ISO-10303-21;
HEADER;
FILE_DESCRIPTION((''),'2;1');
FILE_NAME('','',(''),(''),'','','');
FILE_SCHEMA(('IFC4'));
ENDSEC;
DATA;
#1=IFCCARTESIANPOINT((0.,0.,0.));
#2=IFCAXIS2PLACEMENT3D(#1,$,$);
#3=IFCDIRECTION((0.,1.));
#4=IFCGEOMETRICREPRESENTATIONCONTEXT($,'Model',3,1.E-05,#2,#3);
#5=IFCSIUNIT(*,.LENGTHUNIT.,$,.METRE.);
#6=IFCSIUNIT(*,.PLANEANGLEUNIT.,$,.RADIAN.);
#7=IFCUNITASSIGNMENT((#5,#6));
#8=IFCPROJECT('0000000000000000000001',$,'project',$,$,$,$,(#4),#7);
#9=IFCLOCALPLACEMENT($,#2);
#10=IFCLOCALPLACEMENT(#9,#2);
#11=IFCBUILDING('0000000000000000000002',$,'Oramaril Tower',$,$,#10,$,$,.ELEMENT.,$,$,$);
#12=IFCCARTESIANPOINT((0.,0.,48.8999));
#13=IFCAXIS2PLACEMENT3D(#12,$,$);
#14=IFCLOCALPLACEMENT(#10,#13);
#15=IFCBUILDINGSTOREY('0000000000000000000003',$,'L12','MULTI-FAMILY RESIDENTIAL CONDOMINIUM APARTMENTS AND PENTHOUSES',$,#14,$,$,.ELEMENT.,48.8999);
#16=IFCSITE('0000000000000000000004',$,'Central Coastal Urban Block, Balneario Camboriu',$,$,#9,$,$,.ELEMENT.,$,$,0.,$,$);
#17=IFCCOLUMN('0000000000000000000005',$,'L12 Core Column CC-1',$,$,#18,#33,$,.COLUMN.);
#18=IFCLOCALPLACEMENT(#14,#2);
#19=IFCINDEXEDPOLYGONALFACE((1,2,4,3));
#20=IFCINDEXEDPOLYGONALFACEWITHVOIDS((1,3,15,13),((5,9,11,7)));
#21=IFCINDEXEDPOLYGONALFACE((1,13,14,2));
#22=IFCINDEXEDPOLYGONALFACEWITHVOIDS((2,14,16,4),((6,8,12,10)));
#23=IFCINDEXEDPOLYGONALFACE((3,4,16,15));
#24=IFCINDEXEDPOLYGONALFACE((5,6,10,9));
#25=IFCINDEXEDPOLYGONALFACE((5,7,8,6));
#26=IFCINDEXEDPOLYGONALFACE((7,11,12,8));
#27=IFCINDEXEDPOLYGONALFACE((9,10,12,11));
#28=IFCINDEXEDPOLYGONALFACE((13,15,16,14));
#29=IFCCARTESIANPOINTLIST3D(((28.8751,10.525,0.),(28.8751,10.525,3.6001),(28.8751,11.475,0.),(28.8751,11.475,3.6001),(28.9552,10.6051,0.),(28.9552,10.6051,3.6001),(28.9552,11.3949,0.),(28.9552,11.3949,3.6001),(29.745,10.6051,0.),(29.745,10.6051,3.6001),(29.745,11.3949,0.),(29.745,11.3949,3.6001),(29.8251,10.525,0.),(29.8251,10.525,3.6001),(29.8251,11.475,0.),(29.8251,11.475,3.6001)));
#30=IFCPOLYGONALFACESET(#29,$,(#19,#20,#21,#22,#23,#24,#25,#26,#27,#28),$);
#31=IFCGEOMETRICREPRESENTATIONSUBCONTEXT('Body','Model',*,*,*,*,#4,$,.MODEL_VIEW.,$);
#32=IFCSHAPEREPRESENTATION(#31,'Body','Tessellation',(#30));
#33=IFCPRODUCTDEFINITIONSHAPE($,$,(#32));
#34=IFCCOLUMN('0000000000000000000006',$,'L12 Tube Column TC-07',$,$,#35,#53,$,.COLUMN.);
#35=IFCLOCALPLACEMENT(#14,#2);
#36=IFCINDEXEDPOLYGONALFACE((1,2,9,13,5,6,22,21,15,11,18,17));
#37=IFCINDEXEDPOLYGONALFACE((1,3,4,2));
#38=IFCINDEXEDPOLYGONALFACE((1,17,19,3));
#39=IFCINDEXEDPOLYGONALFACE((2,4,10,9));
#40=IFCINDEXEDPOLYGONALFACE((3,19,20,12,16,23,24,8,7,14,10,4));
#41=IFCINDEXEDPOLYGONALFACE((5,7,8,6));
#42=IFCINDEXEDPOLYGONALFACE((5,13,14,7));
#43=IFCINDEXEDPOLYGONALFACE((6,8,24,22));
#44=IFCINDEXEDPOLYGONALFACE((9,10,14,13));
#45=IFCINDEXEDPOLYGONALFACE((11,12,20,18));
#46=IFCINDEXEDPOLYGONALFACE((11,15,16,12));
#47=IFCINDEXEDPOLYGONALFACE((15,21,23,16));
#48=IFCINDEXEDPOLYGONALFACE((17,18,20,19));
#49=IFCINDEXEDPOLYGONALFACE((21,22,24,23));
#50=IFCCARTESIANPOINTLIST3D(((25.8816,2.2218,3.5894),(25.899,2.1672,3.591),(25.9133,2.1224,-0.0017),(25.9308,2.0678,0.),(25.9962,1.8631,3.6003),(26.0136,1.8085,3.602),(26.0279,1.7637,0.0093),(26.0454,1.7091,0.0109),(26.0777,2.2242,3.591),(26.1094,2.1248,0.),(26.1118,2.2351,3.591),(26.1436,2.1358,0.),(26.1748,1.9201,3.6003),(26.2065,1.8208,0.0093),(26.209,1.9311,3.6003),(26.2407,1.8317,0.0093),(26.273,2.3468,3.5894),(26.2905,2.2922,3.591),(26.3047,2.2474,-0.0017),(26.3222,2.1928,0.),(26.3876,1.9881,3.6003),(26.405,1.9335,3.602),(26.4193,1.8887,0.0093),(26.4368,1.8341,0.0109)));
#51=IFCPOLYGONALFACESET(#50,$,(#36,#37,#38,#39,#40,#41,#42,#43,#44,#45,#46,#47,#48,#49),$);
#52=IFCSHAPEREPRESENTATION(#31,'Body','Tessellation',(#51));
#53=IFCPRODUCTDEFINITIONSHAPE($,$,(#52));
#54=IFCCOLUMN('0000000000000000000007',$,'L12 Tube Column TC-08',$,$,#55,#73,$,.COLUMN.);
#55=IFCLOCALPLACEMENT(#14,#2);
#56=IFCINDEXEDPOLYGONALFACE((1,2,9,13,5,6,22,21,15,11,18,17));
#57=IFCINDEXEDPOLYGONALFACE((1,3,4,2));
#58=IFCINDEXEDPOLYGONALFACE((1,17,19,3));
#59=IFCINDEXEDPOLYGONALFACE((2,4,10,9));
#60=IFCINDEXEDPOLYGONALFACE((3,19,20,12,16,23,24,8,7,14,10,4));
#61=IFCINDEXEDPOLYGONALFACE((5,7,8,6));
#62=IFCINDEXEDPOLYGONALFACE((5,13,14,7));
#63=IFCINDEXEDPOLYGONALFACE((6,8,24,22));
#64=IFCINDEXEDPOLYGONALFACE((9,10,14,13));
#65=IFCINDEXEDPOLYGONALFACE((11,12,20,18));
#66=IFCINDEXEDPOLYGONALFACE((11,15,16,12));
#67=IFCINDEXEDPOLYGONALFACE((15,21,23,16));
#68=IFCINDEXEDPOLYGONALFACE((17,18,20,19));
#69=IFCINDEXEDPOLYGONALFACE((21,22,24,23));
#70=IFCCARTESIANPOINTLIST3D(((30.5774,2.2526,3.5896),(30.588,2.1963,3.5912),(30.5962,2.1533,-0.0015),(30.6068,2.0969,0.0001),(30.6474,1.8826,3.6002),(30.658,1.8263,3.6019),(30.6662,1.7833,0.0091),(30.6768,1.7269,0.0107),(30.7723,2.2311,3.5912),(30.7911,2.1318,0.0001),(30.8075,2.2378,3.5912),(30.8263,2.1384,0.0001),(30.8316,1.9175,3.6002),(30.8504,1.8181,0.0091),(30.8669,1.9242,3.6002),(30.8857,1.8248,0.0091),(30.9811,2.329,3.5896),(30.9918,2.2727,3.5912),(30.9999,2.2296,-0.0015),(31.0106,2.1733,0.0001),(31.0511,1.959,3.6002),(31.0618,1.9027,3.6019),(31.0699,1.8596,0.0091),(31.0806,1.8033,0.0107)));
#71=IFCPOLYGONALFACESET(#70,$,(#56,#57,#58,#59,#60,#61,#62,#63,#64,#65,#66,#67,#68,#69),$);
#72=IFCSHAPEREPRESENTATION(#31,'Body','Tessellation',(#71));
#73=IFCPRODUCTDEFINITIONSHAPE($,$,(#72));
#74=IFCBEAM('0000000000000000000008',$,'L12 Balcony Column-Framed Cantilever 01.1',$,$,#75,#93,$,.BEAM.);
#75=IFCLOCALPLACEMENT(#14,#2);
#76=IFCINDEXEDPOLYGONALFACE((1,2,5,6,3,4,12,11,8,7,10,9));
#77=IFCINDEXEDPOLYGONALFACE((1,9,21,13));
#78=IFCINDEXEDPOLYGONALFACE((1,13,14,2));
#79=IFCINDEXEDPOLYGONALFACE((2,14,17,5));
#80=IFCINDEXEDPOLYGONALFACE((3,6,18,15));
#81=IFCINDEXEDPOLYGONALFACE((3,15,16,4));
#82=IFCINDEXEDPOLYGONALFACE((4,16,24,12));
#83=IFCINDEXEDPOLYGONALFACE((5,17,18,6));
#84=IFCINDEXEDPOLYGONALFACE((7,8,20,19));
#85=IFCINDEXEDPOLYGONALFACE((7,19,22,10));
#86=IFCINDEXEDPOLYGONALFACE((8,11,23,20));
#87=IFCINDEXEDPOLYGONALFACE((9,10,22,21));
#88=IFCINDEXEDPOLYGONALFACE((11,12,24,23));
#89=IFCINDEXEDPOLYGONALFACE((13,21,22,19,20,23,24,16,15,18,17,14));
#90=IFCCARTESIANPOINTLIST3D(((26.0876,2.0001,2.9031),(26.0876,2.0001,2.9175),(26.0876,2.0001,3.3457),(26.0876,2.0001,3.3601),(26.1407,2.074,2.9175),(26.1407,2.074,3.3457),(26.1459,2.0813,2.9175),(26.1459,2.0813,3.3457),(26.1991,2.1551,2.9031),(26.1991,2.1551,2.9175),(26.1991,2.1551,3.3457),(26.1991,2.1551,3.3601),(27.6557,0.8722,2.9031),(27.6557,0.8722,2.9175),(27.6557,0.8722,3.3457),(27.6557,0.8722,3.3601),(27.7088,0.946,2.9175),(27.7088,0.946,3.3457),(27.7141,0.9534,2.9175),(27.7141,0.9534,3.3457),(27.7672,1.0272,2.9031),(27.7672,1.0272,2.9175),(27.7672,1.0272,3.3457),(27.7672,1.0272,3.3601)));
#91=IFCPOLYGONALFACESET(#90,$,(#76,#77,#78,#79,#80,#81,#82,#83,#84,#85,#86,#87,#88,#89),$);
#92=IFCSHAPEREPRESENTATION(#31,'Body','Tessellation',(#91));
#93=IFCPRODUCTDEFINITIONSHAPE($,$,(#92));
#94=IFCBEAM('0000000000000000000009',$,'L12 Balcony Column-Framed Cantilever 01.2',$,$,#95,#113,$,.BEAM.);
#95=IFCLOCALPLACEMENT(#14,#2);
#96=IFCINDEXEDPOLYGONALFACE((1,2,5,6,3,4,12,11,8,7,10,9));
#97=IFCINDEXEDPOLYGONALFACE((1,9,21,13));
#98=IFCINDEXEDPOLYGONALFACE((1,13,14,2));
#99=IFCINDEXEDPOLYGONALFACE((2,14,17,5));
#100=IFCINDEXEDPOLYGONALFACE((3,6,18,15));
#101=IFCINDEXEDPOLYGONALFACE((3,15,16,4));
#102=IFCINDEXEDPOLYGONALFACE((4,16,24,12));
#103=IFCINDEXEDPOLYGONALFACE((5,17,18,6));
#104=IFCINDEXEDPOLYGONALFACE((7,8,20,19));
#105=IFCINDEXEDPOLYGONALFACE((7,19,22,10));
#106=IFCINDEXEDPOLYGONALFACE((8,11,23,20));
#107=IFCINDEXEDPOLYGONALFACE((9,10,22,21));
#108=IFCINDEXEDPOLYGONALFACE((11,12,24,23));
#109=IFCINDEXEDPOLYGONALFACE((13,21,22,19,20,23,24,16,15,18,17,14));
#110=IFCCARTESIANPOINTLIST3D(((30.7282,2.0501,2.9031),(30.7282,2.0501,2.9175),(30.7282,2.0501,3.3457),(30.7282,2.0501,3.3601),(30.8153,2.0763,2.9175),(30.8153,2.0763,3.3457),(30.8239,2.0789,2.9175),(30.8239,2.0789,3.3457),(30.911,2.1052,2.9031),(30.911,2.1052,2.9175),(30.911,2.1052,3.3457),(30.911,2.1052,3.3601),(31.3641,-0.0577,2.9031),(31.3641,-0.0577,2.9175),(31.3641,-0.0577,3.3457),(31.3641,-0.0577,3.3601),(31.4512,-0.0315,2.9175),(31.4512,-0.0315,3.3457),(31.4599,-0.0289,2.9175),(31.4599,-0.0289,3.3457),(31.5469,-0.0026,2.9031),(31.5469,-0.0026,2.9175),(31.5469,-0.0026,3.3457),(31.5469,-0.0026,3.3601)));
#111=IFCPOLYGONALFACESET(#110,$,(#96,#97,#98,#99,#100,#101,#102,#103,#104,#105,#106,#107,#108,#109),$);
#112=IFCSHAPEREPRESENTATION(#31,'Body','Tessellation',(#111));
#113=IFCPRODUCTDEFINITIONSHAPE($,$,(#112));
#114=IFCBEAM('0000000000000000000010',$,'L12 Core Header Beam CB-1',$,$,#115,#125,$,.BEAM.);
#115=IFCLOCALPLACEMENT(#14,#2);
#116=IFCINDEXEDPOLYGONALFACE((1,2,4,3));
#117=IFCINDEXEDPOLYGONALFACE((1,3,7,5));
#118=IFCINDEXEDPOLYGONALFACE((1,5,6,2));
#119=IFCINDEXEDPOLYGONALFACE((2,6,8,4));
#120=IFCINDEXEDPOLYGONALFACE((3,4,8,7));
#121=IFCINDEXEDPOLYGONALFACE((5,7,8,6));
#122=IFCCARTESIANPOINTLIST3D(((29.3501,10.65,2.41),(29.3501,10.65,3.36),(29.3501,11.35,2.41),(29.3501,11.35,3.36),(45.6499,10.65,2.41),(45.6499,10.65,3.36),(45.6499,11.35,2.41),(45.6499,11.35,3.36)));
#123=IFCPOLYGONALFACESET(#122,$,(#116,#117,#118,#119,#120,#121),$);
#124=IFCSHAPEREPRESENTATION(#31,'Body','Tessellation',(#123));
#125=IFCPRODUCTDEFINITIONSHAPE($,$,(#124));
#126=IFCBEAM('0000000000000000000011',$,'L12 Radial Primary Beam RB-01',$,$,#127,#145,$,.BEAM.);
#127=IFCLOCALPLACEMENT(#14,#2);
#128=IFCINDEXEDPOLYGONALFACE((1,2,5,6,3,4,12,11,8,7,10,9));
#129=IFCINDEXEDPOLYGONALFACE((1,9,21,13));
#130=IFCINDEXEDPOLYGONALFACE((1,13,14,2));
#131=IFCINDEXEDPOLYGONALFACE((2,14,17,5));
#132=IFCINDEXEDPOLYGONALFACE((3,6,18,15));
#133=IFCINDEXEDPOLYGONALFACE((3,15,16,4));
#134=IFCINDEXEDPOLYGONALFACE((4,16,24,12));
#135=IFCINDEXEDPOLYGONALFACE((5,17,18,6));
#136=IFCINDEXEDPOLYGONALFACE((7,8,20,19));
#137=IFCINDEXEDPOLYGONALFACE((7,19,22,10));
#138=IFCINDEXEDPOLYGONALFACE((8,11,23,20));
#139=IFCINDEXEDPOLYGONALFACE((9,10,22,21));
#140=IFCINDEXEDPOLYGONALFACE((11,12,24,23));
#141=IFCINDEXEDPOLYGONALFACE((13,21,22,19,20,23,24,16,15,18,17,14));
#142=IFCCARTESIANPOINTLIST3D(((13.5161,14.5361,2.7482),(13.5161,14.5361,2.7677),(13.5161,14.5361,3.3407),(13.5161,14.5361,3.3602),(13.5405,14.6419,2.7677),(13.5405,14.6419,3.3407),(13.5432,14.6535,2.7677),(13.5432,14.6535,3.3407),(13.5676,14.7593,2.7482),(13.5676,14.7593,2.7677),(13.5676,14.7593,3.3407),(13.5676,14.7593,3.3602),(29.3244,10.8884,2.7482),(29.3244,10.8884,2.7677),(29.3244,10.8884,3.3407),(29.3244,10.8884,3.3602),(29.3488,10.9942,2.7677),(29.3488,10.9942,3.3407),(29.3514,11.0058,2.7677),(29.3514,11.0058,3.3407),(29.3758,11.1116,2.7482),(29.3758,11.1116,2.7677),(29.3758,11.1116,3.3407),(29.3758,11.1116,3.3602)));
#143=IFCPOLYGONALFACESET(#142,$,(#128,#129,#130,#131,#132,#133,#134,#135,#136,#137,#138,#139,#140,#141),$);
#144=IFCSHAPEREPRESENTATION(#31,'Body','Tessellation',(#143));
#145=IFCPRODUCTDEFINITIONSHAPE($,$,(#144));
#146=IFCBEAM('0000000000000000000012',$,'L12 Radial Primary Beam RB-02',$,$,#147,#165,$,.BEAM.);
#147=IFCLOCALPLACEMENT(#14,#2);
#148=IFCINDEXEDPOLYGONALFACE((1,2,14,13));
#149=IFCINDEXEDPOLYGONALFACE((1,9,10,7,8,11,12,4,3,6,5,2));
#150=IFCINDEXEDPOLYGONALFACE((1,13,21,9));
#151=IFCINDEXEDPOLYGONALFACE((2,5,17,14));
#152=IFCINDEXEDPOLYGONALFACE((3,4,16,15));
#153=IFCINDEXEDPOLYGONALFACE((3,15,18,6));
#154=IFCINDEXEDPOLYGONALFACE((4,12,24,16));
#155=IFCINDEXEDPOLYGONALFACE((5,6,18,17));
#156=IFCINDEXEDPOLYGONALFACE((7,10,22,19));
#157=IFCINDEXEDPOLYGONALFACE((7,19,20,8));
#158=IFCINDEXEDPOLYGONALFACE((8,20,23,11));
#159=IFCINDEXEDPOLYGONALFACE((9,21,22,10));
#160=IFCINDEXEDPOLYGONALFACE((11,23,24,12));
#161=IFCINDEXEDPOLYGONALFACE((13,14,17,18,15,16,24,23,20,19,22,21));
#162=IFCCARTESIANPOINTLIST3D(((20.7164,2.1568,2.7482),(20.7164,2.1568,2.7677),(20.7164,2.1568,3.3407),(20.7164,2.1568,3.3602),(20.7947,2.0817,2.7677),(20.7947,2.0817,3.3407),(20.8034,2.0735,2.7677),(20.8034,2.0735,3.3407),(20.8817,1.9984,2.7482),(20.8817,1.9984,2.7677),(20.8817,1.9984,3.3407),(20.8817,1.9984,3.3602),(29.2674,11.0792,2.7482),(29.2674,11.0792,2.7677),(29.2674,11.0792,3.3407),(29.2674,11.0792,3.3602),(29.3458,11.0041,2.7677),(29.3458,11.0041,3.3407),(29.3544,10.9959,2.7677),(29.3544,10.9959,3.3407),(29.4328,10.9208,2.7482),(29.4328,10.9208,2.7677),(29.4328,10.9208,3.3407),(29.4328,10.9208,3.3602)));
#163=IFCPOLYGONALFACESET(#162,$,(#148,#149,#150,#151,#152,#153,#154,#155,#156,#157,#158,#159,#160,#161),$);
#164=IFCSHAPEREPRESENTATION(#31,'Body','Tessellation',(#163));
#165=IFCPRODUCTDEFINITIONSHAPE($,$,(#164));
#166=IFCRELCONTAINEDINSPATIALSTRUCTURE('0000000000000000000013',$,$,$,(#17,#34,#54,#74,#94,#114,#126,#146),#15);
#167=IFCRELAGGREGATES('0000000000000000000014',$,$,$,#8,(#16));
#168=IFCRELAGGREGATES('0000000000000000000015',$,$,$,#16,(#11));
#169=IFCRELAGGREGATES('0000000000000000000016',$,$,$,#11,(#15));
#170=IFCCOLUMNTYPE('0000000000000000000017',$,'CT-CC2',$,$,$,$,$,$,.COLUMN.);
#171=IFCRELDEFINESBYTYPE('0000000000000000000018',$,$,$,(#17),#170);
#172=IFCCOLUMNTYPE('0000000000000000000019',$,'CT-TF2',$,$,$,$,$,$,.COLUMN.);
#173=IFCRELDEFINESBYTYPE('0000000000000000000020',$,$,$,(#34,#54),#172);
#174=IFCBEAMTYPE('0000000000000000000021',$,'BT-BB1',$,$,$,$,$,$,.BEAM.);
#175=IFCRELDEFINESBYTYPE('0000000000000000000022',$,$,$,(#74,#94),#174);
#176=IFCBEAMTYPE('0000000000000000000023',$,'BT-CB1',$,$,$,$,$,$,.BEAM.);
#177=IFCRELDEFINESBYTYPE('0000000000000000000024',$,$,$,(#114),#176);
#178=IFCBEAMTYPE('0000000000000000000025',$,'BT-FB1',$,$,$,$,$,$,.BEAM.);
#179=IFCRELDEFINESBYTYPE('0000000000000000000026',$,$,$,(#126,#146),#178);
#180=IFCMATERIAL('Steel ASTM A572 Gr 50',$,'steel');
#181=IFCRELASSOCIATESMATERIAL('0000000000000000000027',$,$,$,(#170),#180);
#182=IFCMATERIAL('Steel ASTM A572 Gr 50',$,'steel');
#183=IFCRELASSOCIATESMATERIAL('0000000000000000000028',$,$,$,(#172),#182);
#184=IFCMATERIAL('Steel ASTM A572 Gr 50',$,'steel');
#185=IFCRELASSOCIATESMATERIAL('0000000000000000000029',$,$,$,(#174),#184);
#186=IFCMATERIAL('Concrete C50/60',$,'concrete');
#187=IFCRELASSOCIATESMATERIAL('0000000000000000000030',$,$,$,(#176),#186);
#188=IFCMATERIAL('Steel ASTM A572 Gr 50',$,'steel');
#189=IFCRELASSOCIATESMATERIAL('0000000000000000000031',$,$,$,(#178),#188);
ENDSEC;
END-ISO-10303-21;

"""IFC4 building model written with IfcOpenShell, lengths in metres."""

from ifc_helpers import new_model, si_unit, direction, frame, origin, origin_2d, place, context, subcontext, project, spatial, rectangle, hollow_rectangle, i_section, extrude, material, material_profile, profile_set, type_object, element, save


model = new_model("IFC4")

# Units and contexts
model_context = context("Model", 3, precision=1e-05, world=origin(), true_north=direction((0.0, 1.0)))
body_context = subcontext(model_context, "Body", "Model", "MODEL_VIEW")
ifc_project = project(units=[si_unit("LENGTHUNIT", "METRE"), si_unit("PLANEANGLEUNIT", "RADIAN")], contexts=[model_context])

# Site, building, storey
site_placement = place(None, origin())
site = spatial("IfcSite", under=ifc_project, at=site_placement, Name="Central Coastal Urban Block, Balneario Camboriu", CompositionType="ELEMENT", RefElevation=0.0)
building_placement = place(site_placement, origin())
building = spatial("IfcBuilding", under=site, at=building_placement, Name="Oramaril Tower", CompositionType="ELEMENT")
storey_placement = place(building_placement, frame((0.0, 0.0, 48.8999)))
storey = spatial("IfcBuildingStorey", under=building, at=storey_placement, Name="L12", Description="MULTI-FAMILY RESIDENTIAL CONDOMINIUM APARTMENTS AND PENTHOUSES", CompositionType="ELEMENT", Elevation=48.8999)

# Columns
ifc_material_1 = material(Name="Steel ASTM A572 Gr 50", Category="steel")
ifc_material_profile_1 = material_profile(ifc_material_1, hollow_rectangle(XDim=0.95, YDim=0.95, WallThickness=0.0801, at=origin_2d()), Name="BOX950X950X80")
ifc_profile_set_1 = profile_set([ifc_material_profile_1], Name="Steel ASTM A572 Gr 50")
column_type_1 = type_object("IfcColumnType", Name="CT-CC2", PredefinedType="COLUMN", material=ifc_profile_set_1)
column_placement = place(storey_placement, frame((29.3501, 11.0, 0.0), z_axis=(0.0, 0.0, 1.0), x_axis=(1.0, 0.0, 0.0)))
element("IfcColumn", 1, at=column_placement, inside=storey, type_object=column_type_1, Name="L12 Core Column CC-1", PredefinedType="COLUMN", context=body_context, shape_type="SweptSolid", body=[
    extrude(hollow_rectangle(XDim=0.95, YDim=0.95, WallThickness=0.0801, at=origin_2d()), origin(), (0.0, 0.0, 1.0), 3.6001),
])
ifc_material_2 = material(Name="Steel ASTM A572 Gr 50", Category="steel")
ifc_material_profile_2 = material_profile(ifc_material_2, i_section(OverallWidth=0.4109, OverallDepth=0.4341, WebThickness=0.0359, FlangeThickness=0.0574, at=origin_2d()), Name="W14X311")
ifc_profile_set_2 = profile_set([ifc_material_profile_2], Name="Steel ASTM A572 Gr 50")
column_type_2 = type_object("IfcColumnType", Name="CT-TF2", PredefinedType="COLUMN", material=ifc_profile_set_2)
for number, where, z_axis, x_axis, name in (
    (2, (26.175, 1.9783, 0.0046), (-0.008834, 0.027658, 0.999578), (-0.952587, -0.304266, 0.0), "L12 Tube Column TC-07"),
    (3, (30.8384, 1.9783, 0.0046), (-0.005233, 0.027659, 0.999604), (-0.98257, -0.185892, 0.0), "L12 Tube Column TC-08"),
):
    element("IfcColumn", number, at=place(storey_placement, frame(where, z_axis=z_axis, x_axis=x_axis)), inside=storey, type_object=column_type_2, Name=name, PredefinedType="COLUMN", context=body_context, shape_type="SweptSolid", body=[
        extrude(i_section(OverallWidth=0.4109, OverallDepth=0.4341, WebThickness=0.0359, FlangeThickness=0.0574, at=origin_2d()), origin(), (0.0, 0.0, 1.0), 3.5925),
    ])

# Beams
ifc_material_3 = material(Name="Steel ASTM A572 Gr 50", Category="steel")
ifc_material_profile_3 = material_profile(ifc_material_3, i_section(OverallWidth=0.1909, OverallDepth=0.457, WebThickness=0.009, FlangeThickness=0.0144, at=origin_2d()), Name="W18X50")
ifc_profile_set_3 = profile_set([ifc_material_profile_3], Name="Steel ASTM A572 Gr 50")
beam_type_1 = type_object("IfcBeamType", Name="BT-BB1", PredefinedType="BEAM", material=ifc_profile_set_3)
beam_1_placement = place(storey_placement, frame((26.1433, 2.0776, 3.1316), z_axis=(0.811808, -0.583925, 0.0), x_axis=(0.583925, 0.811808, 0.0)))
element("IfcBeam", 4, at=beam_1_placement, inside=storey, type_object=beam_type_1, Name="L12 Balcony Column-Framed Cantilever 01.1", PredefinedType="BEAM", context=body_context, shape_type="SweptSolid", body=[
    extrude(i_section(OverallWidth=0.1909, OverallDepth=0.457, WebThickness=0.009, FlangeThickness=0.0144, at=origin_2d()), origin(), (0.0, 0.0, 1.0), 1.9316),
])
beam_2_placement = place(storey_placement, frame((30.8196, 2.0776, 3.1316), z_axis=(0.288853, -0.957373, 0.0), x_axis=(0.957373, 0.288853, 0.0)))
element("IfcBeam", 5, at=beam_2_placement, inside=storey, type_object=beam_type_1, Name="L12 Balcony Column-Framed Cantilever 01.2", PredefinedType="BEAM", context=body_context, shape_type="SweptSolid", body=[
    extrude(i_section(OverallWidth=0.1909, OverallDepth=0.457, WebThickness=0.009, FlangeThickness=0.0144, at=origin_2d()), origin(), (0.0, 0.0, 1.0), 2.2017),
])
ifc_material_4 = material(Name="Concrete C50/60", Category="concrete")
ifc_material_profile_4 = material_profile(ifc_material_4, rectangle(XDim=0.7, YDim=0.95, at=origin_2d()), Name="CB700X950")
ifc_profile_set_4 = profile_set([ifc_material_profile_4], Name="Concrete C50/60")
beam_type_2 = type_object("IfcBeamType", Name="BT-CB1", PredefinedType="BEAM", material=ifc_profile_set_4)
beam_3_placement = place(storey_placement, frame((29.3501, 11.0, 2.885), z_axis=(1.0, 0.0, 0.0), x_axis=(0.0, 1.0, 0.0)))
element("IfcBeam", 6, at=beam_3_placement, inside=storey, type_object=beam_type_2, Name="L12 Core Header Beam CB-1", PredefinedType="BEAM", context=body_context, shape_type="SweptSolid", body=[
    extrude(rectangle(XDim=0.7, YDim=0.95, at=origin_2d()), origin(), (0.0, 0.0, 1.0), 16.2998),
])
ifc_material_5 = material(Name="Steel ASTM A572 Gr 50", Category="steel")
ifc_material_profile_5 = material_profile(ifc_material_5, i_section(OverallWidth=0.229, OverallDepth=0.6121, WebThickness=0.012, FlangeThickness=0.0195, at=origin_2d()), Name="W24X84")
ifc_profile_set_5 = profile_set([ifc_material_profile_5], Name="Steel ASTM A572 Gr 50")
beam_type_3 = type_object("IfcBeamType", Name="BT-FB1", PredefinedType="BEAM", material=ifc_profile_set_5)
beam_4_placement = place(storey_placement, frame((29.3501, 11.0, 3.0542), z_axis=(-0.974396, 0.224838, 0.0), x_axis=(-0.224838, -0.974396, 0.0)))
element("IfcBeam", 7, at=beam_4_placement, inside=storey, type_object=beam_type_3, Name="L12 Radial Primary Beam RB-01", PredefinedType="BEAM", context=body_context, shape_type="SweptSolid", body=[
    extrude(i_section(OverallWidth=0.229, OverallDepth=0.6121, WebThickness=0.012, FlangeThickness=0.0195, at=origin_2d()), origin(), (0.0, 0.0, 1.0), 16.2236),
])
beam_5_placement = place(storey_placement, frame((29.3501, 11.0, 3.0542), z_axis=(-0.691923, -0.721971, 0.0), x_axis=(0.721971, -0.691923, 0.0)))
element("IfcBeam", 8, at=beam_5_placement, inside=storey, type_object=beam_type_3, Name="L12 Radial Primary Beam RB-02", PredefinedType="BEAM", context=body_context, shape_type="SweptSolid", body=[
    extrude(i_section(OverallWidth=0.229, OverallDepth=0.6121, WebThickness=0.012, FlangeThickness=0.0195, at=origin_2d()), origin(), (0.0, 0.0, 1.0), 12.3584),
])

save(model, "model.ifc")
